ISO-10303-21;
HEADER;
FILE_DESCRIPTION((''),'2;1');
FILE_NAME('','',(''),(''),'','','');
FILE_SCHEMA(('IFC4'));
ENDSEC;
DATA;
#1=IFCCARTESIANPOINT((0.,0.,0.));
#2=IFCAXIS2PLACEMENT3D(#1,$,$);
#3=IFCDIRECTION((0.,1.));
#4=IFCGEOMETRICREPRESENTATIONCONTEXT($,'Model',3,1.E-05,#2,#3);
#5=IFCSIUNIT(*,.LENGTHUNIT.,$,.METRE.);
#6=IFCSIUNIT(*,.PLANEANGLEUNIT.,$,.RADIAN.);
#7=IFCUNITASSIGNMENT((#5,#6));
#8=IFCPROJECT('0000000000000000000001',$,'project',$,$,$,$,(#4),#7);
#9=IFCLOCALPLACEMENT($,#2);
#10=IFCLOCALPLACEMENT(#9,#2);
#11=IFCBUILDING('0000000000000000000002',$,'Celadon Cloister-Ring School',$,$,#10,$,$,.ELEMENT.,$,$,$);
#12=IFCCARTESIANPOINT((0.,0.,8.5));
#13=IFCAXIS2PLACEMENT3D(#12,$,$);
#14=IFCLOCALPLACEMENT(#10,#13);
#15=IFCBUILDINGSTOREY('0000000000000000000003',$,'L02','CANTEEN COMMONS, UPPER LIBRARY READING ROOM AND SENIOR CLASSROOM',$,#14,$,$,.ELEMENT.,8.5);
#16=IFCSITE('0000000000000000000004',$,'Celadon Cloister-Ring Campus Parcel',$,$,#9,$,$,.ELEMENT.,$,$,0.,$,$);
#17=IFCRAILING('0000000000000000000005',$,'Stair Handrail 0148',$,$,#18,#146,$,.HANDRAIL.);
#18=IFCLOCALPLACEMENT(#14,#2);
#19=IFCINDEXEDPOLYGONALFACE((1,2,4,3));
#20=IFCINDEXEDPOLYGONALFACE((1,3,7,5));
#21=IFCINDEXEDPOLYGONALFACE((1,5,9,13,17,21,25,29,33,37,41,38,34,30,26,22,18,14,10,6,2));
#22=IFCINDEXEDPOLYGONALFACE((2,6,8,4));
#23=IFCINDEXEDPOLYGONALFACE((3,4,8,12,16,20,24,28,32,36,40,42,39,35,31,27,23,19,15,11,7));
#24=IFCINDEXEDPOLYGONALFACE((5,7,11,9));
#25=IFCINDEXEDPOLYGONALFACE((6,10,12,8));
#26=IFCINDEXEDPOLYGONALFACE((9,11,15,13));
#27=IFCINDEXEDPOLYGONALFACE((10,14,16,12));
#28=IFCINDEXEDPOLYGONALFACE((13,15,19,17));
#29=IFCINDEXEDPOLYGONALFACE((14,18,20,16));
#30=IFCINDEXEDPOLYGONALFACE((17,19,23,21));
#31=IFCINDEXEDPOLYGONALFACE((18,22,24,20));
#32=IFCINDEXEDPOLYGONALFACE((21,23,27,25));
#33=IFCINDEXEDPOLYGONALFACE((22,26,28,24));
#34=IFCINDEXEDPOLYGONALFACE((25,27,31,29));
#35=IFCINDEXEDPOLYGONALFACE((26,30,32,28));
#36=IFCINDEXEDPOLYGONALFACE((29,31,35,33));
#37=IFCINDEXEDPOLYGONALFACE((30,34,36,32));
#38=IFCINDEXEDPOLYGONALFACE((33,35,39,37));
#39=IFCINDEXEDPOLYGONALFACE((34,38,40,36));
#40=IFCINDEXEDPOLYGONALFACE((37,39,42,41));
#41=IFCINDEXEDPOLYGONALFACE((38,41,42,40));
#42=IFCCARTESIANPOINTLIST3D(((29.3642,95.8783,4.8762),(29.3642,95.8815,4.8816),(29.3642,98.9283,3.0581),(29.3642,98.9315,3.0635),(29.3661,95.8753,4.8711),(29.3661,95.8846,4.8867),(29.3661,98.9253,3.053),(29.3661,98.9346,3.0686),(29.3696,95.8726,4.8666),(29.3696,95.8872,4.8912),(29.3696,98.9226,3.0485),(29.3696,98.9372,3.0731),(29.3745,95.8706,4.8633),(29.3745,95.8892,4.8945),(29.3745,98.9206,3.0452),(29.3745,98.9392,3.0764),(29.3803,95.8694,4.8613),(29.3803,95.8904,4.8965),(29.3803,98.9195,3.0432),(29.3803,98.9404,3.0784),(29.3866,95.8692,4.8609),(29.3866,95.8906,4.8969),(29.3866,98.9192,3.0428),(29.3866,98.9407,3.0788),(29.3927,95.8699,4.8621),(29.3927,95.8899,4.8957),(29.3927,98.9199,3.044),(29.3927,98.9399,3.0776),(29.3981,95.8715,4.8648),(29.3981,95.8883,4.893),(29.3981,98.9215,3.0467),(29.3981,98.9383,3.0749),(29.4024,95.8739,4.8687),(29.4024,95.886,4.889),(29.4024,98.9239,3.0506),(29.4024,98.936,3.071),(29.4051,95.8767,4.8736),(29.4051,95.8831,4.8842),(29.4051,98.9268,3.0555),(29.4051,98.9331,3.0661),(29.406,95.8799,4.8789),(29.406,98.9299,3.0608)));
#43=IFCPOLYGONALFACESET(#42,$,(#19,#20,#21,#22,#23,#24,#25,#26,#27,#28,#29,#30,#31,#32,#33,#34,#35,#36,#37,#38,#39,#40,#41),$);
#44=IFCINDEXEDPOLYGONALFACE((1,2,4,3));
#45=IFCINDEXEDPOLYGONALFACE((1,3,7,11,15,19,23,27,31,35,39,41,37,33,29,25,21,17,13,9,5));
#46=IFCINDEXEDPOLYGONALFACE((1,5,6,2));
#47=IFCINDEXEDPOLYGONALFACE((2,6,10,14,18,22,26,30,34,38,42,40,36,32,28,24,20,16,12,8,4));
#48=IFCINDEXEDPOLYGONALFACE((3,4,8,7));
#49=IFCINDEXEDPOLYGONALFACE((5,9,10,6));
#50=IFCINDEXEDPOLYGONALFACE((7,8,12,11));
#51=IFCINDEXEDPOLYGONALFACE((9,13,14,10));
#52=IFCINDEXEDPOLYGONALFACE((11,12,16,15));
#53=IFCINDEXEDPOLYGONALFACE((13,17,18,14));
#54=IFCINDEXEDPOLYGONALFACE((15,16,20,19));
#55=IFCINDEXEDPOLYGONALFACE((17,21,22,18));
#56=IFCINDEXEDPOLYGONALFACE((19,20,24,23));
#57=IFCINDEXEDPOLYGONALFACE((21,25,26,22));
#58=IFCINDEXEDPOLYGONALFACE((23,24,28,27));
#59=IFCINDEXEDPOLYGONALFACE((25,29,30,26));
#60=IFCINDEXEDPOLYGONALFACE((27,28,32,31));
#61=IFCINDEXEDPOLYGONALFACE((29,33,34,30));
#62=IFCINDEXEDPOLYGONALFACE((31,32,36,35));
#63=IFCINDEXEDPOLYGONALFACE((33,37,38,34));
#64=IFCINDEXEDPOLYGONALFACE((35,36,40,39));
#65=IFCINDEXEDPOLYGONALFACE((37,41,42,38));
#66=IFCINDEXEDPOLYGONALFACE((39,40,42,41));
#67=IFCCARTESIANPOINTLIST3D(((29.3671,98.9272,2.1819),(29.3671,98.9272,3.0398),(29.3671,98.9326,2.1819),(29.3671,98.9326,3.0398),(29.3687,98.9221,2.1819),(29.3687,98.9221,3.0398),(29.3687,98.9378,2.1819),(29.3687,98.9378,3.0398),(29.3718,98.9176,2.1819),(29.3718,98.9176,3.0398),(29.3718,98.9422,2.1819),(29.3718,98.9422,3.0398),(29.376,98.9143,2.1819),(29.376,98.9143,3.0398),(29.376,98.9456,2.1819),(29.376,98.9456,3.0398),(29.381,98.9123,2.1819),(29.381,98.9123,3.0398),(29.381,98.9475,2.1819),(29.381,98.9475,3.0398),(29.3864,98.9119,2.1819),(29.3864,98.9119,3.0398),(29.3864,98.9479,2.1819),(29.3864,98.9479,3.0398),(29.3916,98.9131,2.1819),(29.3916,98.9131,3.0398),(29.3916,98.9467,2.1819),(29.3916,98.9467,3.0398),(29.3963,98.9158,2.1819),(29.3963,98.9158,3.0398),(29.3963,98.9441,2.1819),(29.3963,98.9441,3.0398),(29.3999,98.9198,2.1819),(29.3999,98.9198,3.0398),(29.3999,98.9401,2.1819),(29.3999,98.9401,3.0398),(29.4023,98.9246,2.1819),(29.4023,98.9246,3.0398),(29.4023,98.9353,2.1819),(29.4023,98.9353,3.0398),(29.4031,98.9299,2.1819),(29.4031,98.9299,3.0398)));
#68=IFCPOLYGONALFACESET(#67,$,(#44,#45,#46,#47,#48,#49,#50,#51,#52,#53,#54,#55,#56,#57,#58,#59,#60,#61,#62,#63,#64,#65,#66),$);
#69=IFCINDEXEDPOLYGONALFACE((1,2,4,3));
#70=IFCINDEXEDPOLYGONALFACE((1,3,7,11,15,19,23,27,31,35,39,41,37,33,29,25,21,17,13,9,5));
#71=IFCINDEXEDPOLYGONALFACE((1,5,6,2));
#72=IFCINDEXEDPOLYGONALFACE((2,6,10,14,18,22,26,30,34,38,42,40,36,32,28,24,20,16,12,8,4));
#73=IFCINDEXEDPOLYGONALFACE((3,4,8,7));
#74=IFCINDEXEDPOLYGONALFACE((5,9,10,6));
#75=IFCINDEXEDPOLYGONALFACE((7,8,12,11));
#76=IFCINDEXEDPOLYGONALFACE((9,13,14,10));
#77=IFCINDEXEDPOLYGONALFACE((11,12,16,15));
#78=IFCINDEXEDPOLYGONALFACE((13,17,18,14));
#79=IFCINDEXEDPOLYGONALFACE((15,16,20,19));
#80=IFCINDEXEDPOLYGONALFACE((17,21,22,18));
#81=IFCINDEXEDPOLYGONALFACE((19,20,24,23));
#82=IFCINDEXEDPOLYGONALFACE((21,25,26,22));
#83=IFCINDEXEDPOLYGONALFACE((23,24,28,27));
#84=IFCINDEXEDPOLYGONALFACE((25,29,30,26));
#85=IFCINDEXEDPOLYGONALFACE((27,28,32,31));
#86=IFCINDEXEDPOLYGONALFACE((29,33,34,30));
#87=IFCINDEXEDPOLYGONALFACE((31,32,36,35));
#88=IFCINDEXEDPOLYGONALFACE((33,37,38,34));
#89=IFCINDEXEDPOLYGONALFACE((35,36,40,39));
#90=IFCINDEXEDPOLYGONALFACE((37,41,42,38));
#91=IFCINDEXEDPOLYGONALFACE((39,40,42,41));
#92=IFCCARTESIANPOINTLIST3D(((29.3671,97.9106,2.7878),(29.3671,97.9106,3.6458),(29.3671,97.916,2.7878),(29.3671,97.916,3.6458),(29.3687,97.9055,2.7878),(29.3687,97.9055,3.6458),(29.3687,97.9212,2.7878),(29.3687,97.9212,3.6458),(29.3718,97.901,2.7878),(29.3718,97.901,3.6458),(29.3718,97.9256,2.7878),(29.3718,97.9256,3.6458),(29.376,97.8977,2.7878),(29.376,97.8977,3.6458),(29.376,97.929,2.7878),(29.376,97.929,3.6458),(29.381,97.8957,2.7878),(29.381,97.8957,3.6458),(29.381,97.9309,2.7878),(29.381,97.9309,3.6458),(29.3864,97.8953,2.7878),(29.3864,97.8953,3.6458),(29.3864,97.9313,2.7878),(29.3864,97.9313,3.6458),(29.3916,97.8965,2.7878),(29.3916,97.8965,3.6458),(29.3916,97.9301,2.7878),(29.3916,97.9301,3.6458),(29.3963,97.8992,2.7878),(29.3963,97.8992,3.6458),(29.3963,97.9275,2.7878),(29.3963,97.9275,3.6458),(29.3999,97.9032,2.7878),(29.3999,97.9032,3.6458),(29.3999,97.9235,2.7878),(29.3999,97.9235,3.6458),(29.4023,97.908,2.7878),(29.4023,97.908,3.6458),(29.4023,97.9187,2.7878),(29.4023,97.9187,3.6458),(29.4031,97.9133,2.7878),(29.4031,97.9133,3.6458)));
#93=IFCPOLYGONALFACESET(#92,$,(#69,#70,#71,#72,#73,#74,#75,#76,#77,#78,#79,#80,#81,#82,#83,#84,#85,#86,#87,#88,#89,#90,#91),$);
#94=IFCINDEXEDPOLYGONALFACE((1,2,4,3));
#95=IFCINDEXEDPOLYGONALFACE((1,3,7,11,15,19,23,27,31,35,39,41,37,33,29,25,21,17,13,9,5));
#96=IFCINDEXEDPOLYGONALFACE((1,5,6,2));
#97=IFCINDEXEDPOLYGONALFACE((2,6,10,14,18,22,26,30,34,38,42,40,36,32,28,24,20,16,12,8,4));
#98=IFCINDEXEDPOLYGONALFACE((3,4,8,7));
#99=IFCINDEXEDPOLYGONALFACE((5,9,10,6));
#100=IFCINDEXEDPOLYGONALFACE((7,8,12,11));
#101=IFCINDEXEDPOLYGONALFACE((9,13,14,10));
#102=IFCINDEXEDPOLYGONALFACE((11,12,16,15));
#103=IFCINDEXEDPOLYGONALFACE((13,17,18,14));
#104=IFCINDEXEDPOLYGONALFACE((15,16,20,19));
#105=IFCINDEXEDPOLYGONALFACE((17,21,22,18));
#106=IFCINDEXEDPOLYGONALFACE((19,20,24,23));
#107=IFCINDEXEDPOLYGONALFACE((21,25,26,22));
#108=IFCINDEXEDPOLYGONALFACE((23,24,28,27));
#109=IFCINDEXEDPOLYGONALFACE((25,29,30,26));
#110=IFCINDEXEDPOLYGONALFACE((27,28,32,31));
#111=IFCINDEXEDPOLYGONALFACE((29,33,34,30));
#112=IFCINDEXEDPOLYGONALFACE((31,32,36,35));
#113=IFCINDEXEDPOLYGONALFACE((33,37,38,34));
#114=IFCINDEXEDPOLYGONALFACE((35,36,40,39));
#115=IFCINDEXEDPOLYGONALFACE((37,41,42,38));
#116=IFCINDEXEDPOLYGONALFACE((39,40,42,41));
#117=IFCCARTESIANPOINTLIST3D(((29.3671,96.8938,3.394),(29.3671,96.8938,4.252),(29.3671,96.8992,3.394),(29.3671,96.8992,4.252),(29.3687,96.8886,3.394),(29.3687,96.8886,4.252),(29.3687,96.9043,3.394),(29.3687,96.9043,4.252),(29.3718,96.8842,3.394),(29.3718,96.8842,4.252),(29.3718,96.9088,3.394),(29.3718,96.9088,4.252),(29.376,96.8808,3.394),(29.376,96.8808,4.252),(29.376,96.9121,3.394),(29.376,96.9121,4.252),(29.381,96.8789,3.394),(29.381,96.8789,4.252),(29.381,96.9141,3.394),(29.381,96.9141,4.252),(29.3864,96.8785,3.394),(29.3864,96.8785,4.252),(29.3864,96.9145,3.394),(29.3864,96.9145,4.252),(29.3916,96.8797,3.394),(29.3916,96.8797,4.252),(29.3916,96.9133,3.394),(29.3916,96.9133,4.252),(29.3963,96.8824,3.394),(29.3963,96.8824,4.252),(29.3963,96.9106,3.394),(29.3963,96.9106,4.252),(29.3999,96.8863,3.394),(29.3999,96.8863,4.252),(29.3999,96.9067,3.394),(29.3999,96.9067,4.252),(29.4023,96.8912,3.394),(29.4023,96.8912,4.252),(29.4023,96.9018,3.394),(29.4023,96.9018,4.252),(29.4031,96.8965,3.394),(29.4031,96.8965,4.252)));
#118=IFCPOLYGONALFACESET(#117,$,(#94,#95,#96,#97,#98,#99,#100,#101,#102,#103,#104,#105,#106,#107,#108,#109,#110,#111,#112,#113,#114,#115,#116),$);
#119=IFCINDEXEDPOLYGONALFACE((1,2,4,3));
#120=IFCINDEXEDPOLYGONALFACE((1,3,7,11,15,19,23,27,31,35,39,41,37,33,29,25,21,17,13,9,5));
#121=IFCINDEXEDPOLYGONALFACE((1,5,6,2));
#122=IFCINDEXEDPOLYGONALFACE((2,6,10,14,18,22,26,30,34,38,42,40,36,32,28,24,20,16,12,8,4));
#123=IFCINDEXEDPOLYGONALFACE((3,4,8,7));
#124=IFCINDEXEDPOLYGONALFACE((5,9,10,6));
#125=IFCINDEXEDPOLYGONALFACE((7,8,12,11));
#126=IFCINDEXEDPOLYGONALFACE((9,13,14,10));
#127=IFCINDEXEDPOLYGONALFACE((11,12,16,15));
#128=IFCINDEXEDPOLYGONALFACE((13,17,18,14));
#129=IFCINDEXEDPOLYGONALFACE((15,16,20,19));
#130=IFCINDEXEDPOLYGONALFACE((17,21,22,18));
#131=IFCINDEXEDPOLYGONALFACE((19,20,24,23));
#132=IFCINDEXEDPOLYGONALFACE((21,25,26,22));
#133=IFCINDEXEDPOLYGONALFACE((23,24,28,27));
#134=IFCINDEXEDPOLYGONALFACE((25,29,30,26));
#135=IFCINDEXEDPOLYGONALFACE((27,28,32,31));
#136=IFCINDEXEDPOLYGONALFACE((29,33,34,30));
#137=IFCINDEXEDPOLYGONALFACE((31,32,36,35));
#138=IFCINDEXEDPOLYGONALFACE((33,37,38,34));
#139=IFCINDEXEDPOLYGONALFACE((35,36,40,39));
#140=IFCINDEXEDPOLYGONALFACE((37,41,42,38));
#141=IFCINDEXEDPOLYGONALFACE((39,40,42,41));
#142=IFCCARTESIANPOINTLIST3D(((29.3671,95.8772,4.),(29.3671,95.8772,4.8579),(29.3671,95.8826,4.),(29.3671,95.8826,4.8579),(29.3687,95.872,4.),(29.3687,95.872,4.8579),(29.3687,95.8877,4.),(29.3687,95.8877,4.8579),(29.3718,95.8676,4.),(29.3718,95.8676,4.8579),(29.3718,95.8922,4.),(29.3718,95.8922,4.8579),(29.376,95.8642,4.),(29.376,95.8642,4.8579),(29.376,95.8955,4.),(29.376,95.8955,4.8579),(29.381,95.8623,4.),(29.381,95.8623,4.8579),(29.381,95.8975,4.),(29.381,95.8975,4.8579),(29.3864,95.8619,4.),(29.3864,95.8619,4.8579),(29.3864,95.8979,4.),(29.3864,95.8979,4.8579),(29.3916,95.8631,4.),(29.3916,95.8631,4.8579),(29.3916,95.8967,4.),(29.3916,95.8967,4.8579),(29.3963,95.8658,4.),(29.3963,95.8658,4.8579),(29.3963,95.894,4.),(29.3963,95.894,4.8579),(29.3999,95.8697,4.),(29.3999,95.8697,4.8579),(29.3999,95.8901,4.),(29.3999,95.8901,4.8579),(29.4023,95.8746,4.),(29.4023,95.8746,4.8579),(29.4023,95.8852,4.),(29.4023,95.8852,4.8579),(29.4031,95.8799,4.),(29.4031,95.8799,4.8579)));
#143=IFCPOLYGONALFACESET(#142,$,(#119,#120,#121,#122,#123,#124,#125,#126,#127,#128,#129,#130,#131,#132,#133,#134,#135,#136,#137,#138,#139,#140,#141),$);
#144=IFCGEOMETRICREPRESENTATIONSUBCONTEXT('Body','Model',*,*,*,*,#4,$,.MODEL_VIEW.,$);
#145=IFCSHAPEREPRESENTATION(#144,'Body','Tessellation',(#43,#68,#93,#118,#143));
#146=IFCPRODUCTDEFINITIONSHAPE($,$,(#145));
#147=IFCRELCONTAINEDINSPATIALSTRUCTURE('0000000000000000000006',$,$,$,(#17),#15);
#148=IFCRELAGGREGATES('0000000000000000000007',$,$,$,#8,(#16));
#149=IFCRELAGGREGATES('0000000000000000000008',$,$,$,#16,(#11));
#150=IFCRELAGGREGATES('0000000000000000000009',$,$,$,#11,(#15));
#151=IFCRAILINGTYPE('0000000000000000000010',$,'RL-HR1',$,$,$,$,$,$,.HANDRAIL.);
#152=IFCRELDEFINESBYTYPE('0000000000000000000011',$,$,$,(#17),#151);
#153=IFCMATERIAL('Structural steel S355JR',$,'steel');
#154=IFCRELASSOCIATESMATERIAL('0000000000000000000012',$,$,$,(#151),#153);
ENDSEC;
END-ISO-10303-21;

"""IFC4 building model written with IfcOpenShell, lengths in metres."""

from ifc_helpers import new_model, si_unit, direction, frame, origin, origin_2d, place, context, subcontext, project, spatial, circle, extrude, material, type_object, element, save


model = new_model("IFC4")

# Units and contexts
model_context = context("Model", 3, precision=1e-05, world=origin(), true_north=direction((0.0, 1.0)))
body_context = subcontext(model_context, "Body", "Model", "MODEL_VIEW")
ifc_project = project(units=[si_unit("LENGTHUNIT", "METRE"), si_unit("PLANEANGLEUNIT", "RADIAN")], contexts=[model_context])

# Site, building, storey
site_placement = place(None, origin())
site = spatial("IfcSite", under=ifc_project, at=site_placement, Name="Celadon Cloister-Ring Campus Parcel", CompositionType="ELEMENT", RefElevation=0.0)
building_placement = place(site_placement, origin())
building = spatial("IfcBuilding", under=site, at=building_placement, Name="Celadon Cloister-Ring School", CompositionType="ELEMENT")
storey_placement = place(building_placement, frame((0.0, 0.0, 8.5)))
storey = spatial("IfcBuildingStorey", under=building, at=storey_placement, Name="L02", Description="CANTEEN COMMONS, UPPER LIBRARY READING ROOM AND SENIOR CLASSROOM", CompositionType="ELEMENT", Elevation=8.5)

# Railing
ifc_material_1 = material(Name="Structural steel S355JR", Category="steel")
railing_type_1 = type_object("IfcRailingType", Name="RL-HR1", PredefinedType="HANDRAIL", material=ifc_material_1)
for number, where, name in (
    (1, (29.385, 98.9299, 2.1819), "Stair Handrail 0148"),
):
    element("IfcRailing", number, at=place(storey_placement, frame(where)), inside=storey, type_object=railing_type_1, Name=name, PredefinedType="HANDRAIL", context=body_context, shape_type="SweptSolid", body=[
        extrude(circle(Radius=0.021, at=origin_2d()), frame((0.0, 0.0, 0.8789), z_axis=(0.0, -0.85897, 0.512026), x_axis=(1.0, 0.0, 0.0)), (0.0, 0.0, 1.0), 3.5508),
        extrude(circle(Radius=0.0181, at=origin_2d()), origin(), (0.0, 0.0, 1.0), 0.8579),
        extrude(circle(Radius=0.0181, at=origin_2d()), frame((0.0, -1.0166, 0.606)), (0.0, 0.0, 1.0), 0.8579),
        extrude(circle(Radius=0.0181, at=origin_2d()), frame((0.0, -2.0334, 1.2122)), (0.0, 0.0, 1.0), 0.8579),
        extrude(circle(Radius=0.0181, at=origin_2d()), frame((0.0, -3.05, 1.8181)), (0.0, 0.0, 1.0), 0.8579),
    ])

save(model, "model.ifc")
